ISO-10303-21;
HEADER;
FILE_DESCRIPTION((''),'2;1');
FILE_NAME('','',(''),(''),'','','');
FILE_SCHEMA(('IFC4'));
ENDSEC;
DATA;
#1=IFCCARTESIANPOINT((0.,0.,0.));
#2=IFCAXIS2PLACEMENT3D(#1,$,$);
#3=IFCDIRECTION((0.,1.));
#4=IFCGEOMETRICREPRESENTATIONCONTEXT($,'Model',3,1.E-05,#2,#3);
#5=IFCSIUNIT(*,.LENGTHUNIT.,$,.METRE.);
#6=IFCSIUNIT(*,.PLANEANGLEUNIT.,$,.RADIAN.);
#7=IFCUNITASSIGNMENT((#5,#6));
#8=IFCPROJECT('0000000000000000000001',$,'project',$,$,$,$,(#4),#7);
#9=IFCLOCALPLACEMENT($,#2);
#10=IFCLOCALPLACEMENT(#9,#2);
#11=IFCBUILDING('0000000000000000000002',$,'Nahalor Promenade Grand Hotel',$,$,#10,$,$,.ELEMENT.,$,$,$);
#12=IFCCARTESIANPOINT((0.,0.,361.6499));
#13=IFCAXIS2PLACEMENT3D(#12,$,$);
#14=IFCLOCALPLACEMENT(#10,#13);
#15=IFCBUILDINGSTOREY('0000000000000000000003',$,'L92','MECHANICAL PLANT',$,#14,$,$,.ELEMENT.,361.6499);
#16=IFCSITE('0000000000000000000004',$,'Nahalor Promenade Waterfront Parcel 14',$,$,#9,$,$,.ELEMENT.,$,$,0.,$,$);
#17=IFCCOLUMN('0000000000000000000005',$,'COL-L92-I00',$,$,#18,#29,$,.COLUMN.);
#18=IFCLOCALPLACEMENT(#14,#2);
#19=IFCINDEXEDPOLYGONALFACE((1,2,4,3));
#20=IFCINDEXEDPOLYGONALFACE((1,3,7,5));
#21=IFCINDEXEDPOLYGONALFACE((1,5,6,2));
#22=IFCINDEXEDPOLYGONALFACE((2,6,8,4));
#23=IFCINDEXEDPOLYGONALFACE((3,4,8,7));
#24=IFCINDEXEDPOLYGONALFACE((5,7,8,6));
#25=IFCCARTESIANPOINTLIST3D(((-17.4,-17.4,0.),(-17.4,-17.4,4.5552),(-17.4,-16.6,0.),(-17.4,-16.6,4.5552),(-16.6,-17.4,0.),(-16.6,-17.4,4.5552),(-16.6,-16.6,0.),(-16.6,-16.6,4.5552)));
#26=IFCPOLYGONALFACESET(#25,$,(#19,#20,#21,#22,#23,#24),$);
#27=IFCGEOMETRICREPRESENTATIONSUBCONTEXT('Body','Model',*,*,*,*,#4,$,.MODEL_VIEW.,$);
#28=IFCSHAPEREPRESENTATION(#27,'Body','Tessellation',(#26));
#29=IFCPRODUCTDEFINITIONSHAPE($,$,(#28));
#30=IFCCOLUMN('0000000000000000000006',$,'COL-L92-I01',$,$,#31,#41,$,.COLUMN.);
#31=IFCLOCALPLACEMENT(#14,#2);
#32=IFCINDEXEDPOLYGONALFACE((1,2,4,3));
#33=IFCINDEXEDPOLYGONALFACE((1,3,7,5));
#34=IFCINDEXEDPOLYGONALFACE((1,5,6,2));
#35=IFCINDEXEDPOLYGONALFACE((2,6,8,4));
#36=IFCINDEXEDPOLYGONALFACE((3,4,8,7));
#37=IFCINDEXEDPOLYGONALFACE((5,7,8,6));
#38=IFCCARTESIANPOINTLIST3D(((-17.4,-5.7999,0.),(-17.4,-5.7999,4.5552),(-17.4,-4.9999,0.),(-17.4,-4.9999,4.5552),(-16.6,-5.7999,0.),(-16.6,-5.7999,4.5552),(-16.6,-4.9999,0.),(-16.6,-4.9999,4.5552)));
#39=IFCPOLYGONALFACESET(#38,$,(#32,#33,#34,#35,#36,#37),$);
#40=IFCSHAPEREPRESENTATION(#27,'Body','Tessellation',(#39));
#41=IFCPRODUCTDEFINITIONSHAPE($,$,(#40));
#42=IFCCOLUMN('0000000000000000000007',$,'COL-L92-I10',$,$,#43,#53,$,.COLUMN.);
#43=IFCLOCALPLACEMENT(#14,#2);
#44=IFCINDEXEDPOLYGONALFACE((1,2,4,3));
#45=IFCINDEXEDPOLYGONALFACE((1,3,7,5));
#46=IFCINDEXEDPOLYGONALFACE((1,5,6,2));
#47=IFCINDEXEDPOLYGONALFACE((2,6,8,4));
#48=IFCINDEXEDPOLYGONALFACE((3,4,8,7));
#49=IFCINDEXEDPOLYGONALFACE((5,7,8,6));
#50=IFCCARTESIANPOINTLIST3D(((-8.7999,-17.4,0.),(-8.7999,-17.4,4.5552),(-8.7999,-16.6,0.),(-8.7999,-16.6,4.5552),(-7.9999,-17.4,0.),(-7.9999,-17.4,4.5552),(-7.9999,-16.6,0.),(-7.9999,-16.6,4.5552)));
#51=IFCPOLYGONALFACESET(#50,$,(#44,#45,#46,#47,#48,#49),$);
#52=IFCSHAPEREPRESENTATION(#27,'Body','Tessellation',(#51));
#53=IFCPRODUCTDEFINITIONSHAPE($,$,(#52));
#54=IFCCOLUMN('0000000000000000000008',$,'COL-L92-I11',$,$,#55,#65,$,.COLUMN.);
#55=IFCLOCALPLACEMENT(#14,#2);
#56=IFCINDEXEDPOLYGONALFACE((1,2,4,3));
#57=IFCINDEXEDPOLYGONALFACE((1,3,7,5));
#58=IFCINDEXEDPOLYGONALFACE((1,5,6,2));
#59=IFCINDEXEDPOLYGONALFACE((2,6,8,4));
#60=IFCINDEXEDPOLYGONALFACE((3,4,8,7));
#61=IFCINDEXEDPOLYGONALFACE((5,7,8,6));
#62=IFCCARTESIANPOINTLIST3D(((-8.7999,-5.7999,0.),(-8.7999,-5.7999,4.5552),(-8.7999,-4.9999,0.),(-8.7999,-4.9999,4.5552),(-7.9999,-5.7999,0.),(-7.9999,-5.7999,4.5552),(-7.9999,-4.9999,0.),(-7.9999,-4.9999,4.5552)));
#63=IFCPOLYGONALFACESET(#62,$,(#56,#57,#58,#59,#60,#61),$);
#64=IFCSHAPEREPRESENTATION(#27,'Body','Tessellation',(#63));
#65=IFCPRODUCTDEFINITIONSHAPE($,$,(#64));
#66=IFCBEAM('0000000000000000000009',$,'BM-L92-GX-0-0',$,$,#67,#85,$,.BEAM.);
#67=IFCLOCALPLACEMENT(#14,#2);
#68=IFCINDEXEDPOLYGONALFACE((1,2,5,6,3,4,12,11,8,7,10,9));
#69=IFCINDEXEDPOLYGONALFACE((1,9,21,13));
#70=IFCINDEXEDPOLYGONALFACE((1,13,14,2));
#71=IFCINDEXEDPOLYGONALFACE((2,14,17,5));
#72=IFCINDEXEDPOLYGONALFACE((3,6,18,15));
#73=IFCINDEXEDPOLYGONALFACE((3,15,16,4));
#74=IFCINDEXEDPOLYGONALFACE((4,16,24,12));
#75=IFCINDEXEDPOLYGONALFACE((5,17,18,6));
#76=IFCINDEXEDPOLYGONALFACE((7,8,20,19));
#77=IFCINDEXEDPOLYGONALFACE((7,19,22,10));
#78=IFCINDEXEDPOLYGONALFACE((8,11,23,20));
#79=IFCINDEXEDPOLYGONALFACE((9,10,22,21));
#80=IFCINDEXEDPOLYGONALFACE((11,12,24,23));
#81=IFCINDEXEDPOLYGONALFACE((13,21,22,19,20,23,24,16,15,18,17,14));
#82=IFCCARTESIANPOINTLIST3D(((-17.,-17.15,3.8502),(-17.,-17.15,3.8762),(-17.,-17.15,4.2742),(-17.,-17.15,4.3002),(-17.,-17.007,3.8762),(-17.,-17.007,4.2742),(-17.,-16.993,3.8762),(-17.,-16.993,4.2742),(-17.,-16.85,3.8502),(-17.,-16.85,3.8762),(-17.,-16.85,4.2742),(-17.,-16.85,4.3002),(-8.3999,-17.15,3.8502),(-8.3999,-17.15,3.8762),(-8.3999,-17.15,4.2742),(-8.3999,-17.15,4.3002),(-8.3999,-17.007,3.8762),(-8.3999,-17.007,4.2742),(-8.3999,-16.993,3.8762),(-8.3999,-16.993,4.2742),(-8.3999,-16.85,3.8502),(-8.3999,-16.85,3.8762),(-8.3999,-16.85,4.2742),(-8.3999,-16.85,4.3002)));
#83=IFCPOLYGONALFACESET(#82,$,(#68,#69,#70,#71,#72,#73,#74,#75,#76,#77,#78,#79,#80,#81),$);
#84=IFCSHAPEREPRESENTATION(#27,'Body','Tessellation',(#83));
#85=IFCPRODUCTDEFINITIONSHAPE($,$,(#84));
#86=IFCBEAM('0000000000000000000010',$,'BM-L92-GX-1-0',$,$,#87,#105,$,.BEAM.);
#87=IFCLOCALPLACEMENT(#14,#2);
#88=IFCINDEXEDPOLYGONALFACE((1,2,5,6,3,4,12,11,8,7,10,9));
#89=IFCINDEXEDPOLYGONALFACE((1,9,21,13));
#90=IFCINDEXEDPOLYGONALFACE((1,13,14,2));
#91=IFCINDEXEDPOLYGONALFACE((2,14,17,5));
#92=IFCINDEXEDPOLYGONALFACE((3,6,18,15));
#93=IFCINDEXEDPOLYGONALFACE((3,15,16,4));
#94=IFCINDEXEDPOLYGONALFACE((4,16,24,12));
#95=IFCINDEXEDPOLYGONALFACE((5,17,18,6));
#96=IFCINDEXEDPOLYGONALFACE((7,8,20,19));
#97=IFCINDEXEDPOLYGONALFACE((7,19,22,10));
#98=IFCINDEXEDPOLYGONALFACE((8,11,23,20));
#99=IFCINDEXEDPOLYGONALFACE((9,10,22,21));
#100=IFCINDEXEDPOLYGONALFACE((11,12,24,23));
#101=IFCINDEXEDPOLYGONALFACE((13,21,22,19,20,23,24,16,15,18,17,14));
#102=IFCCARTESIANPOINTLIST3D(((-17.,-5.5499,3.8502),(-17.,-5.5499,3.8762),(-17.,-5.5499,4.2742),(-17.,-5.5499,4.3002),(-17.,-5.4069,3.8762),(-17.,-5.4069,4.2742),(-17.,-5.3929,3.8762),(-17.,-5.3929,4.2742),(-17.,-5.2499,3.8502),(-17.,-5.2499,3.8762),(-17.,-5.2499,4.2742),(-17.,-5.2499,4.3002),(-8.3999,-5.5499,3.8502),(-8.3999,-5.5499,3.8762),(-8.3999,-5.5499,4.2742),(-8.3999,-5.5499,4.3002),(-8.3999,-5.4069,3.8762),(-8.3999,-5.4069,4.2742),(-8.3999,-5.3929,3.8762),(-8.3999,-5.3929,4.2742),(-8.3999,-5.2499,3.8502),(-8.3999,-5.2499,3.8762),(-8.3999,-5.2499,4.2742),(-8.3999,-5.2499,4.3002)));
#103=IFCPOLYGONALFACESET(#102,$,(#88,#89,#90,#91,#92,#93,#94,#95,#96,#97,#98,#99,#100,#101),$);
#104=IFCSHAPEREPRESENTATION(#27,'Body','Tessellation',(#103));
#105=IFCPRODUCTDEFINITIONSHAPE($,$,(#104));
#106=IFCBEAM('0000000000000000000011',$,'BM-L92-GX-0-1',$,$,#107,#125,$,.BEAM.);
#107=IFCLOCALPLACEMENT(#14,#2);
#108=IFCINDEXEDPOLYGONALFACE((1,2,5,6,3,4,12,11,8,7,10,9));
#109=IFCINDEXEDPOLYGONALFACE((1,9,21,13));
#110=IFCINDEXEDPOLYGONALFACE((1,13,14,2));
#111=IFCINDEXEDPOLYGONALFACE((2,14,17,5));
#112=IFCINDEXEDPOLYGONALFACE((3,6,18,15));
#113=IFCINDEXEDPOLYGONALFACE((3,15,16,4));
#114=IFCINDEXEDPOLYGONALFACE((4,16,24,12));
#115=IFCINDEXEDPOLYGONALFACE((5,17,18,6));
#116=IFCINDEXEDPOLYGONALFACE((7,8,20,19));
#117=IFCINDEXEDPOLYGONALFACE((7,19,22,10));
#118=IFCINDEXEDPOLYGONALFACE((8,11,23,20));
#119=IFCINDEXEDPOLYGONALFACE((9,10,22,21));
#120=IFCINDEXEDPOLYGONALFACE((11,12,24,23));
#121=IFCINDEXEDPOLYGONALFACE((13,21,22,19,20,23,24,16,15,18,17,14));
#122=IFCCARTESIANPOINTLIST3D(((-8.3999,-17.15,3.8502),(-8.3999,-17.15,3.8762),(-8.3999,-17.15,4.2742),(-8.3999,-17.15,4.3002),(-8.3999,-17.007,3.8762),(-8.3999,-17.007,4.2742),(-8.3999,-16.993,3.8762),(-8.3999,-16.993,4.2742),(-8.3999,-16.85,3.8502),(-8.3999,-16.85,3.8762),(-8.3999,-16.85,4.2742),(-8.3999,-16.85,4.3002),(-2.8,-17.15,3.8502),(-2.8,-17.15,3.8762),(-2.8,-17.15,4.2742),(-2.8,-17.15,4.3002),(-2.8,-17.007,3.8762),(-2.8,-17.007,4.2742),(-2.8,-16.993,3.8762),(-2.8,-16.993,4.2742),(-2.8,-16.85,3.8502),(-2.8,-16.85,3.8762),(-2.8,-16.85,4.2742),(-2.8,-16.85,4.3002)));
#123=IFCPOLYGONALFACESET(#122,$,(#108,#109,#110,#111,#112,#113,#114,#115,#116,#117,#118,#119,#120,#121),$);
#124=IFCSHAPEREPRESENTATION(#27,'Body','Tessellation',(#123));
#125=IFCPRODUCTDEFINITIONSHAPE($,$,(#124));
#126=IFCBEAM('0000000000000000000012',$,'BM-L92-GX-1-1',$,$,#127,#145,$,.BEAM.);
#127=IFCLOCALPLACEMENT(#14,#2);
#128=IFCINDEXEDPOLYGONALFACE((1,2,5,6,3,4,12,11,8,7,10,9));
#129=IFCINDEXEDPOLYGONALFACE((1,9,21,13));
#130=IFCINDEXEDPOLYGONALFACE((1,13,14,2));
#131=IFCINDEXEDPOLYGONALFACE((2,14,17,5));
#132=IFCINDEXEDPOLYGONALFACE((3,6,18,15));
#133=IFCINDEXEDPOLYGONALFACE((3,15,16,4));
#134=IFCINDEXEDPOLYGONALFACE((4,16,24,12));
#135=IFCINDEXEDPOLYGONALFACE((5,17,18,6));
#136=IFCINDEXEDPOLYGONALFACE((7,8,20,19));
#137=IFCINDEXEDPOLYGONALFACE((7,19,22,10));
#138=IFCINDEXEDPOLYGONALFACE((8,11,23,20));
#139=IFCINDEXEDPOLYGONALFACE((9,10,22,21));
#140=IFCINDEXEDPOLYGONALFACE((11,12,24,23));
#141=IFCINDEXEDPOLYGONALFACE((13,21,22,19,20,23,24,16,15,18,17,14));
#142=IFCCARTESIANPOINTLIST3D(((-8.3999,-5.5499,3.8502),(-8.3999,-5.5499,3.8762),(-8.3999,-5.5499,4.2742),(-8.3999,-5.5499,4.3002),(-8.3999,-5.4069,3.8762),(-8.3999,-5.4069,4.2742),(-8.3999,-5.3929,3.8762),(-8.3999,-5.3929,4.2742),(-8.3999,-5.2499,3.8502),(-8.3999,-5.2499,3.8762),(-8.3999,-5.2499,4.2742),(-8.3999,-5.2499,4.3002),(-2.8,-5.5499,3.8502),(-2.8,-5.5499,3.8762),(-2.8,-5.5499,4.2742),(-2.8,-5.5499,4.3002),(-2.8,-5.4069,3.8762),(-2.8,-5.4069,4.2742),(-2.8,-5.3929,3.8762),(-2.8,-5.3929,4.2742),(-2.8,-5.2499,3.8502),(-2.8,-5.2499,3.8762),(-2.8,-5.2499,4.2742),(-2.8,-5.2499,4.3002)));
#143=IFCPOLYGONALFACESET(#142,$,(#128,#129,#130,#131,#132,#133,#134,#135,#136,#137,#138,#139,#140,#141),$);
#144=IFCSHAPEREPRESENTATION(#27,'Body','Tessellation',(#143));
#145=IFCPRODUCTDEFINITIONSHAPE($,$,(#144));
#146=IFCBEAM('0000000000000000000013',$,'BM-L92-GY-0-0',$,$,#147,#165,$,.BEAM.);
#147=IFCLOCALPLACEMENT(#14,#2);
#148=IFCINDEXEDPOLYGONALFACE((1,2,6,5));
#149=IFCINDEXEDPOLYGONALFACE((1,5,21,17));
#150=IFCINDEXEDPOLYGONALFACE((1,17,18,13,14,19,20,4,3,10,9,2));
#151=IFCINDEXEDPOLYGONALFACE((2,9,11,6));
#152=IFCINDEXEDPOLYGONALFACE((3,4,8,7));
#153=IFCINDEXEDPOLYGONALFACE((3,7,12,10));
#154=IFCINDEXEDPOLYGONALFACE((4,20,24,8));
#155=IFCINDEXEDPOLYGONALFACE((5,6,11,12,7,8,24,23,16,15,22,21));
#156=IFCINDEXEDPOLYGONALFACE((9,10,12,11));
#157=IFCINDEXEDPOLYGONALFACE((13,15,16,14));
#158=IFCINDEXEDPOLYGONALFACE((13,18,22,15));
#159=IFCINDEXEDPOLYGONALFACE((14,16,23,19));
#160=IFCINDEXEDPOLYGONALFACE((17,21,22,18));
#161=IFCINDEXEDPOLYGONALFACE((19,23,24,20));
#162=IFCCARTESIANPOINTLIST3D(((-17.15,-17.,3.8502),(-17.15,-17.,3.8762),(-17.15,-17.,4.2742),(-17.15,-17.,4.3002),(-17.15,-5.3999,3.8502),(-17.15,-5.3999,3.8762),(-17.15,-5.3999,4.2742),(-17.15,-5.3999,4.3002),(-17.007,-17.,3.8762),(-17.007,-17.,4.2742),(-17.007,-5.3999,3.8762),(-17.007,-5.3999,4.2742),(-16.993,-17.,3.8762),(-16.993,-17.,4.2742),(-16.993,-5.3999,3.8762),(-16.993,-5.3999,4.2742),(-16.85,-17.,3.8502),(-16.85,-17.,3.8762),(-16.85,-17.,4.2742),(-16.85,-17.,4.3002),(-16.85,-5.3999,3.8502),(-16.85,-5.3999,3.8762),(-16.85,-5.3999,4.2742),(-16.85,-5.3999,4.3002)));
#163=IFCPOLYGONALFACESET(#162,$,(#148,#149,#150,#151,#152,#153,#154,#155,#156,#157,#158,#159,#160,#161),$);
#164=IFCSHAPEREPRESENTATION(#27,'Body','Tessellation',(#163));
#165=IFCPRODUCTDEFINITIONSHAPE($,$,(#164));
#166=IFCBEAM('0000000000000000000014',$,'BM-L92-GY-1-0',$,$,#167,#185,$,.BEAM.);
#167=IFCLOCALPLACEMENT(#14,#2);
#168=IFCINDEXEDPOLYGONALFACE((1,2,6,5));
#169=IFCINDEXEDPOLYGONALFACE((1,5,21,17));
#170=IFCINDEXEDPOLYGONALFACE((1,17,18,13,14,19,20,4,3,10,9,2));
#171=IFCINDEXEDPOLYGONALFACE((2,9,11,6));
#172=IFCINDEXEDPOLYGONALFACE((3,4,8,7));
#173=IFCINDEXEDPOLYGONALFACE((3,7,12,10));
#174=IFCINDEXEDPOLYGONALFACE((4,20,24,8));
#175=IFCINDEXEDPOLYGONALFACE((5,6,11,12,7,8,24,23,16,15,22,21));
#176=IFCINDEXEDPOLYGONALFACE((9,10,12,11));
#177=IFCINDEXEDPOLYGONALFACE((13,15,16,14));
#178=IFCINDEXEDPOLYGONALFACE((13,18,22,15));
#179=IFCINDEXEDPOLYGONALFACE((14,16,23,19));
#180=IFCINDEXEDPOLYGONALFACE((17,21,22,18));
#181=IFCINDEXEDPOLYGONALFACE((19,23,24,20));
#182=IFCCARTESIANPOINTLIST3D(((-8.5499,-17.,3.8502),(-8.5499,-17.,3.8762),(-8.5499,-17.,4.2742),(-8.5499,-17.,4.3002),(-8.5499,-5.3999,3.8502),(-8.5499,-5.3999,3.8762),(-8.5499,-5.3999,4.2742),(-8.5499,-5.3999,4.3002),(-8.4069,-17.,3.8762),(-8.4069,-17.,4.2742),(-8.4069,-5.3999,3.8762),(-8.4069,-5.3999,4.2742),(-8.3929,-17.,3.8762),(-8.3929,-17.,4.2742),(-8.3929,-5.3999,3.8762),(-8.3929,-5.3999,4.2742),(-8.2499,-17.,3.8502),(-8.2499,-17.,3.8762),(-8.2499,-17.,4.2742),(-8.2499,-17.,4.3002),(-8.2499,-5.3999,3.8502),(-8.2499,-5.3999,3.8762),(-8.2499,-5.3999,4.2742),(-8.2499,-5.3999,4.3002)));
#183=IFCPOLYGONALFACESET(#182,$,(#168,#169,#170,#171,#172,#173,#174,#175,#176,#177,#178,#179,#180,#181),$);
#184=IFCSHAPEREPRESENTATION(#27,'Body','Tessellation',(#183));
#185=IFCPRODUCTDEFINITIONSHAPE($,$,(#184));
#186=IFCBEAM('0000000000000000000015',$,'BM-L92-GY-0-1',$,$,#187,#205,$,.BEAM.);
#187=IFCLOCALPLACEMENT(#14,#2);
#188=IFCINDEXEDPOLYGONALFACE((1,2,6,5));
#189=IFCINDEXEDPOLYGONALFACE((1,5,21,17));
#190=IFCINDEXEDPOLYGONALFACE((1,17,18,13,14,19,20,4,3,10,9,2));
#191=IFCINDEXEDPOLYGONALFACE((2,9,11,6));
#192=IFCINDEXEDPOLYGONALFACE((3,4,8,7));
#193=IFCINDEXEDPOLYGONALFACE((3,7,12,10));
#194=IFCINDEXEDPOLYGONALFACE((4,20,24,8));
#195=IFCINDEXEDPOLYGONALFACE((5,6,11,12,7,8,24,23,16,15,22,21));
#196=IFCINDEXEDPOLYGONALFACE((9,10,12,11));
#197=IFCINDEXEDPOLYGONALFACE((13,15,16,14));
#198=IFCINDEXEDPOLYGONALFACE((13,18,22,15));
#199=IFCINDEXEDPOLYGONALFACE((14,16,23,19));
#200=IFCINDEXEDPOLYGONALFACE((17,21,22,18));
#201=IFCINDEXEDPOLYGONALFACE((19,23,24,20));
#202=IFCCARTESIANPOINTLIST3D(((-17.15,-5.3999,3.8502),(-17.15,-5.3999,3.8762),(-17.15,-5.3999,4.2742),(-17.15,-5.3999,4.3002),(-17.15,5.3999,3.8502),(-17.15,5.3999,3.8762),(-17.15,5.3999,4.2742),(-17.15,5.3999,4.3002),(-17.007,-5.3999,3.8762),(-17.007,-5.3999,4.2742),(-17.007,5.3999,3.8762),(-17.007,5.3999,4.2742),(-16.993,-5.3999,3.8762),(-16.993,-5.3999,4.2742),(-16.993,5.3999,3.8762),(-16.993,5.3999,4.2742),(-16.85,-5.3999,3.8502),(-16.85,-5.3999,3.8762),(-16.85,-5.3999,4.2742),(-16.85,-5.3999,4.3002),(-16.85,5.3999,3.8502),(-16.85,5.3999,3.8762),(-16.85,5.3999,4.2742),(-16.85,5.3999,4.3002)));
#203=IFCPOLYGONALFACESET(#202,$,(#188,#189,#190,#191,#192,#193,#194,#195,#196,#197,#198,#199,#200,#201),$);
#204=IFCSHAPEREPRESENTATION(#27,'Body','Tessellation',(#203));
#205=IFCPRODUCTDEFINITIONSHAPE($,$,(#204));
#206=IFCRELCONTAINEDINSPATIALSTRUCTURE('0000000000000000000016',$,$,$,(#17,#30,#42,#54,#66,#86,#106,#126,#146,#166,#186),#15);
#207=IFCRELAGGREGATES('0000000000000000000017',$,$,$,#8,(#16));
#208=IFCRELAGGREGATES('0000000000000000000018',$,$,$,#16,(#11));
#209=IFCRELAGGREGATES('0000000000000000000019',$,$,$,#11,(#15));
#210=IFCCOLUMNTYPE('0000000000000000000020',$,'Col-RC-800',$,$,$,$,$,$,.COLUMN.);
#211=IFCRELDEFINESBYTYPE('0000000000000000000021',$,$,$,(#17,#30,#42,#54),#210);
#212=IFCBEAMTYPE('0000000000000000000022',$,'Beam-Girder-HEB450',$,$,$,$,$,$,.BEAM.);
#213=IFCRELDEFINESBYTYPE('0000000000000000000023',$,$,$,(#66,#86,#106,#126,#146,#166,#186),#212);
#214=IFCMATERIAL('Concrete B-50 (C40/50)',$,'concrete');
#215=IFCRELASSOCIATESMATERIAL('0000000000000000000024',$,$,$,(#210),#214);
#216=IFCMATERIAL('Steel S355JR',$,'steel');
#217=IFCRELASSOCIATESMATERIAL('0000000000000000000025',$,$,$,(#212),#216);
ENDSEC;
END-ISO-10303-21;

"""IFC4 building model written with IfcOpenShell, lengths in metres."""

from ifc_helpers import new_model, si_unit, direction, frame, origin, origin_2d, place, context, subcontext, project, spatial, rectangle, i_section, extrude, source, transform, mapped, material, material_profile, profile_set, type_object, element, save


model = new_model("IFC4")

# Units and contexts
model_context = context("Model", 3, precision=1e-05, world=origin(), true_north=direction((0.0, 1.0)))
body_context = subcontext(model_context, "Body", "Model", "MODEL_VIEW")
ifc_project = project(units=[si_unit("LENGTHUNIT", "METRE"), si_unit("PLANEANGLEUNIT", "RADIAN")], contexts=[model_context])

# Site, building, storey
site_placement = place(None, origin())
site = spatial("IfcSite", under=ifc_project, at=site_placement, Name="Nahalor Promenade Waterfront Parcel 14", CompositionType="ELEMENT", RefElevation=0.0)
building_placement = place(site_placement, origin())
building = spatial("IfcBuilding", under=site, at=building_placement, Name="Nahalor Promenade Grand Hotel", CompositionType="ELEMENT")
storey_placement = place(building_placement, frame((0.0, 0.0, 361.6499)))
storey = spatial("IfcBuildingStorey", under=building, at=storey_placement, Name="L92", Description="MECHANICAL PLANT", CompositionType="ELEMENT", Elevation=361.6499)

# Columns
ifc_material_1 = material(Name="Concrete B-50 (C40/50)", Category="concrete")
ifc_material_profile_1 = material_profile(ifc_material_1, rectangle(XDim=0.8, YDim=0.8, at=origin_2d()), Name="RC 800x800")
ifc_profile_set_1 = profile_set([ifc_material_profile_1], Name="Concrete B-50 (C40/50)")
column_type = type_object("IfcColumnType", Name="Col-RC-800", PredefinedType="COLUMN", material=ifc_profile_set_1)
shared_shape_1 = source(origin(), body_context, "Body", "SweptSolid", [
    extrude(rectangle(XDim=0.8, YDim=0.8, at=origin_2d()), origin(), (0.0, 0.0, 1.0), 4.5552),
])
for number, where, z_axis, x_axis, name in (
    (1, (-17.0, -17.0, 0.0), (0.0, 0.0, 1.0), (1.0, 0.0, 0.0), "COL-L92-I00"),
    (2, (-17.0, -5.3999, 0.0), (0.0, 0.0, 1.0), (1.0, 0.0, 0.0), "COL-L92-I01"),
    (3, (-8.3999, -17.0, 0.0), (0.0, 0.0, 1.0), (1.0, 0.0, 0.0), "COL-L92-I10"),
    (4, (-8.3999, -5.3999, 0.0), (0.0, 0.0, 1.0), (1.0, 0.0, 0.0), "COL-L92-I11"),
):
    element("IfcColumn", number, at=place(storey_placement, frame(where, z_axis=z_axis, x_axis=x_axis)), inside=storey, type_object=column_type, Name=name, PredefinedType="COLUMN", context=body_context, shape_type="MappedRepresentation", body=[
        mapped(shared_shape_1, transform((0.0, 0.0, 0.0), scale=1.0)),
    ])

# Beams
ifc_material_2 = material(Name="Steel S355JR", Category="steel")
ifc_material_profile_2 = material_profile(ifc_material_2, i_section(OverallWidth=0.3, OverallDepth=0.45, WebThickness=0.014, FlangeThickness=0.026, at=origin_2d()), Name="HEB 450")
ifc_profile_set_2 = profile_set([ifc_material_profile_2], Name="Steel S355JR")
beam_type_1 = type_object("IfcBeamType", Name="Beam-Girder-HEB450", PredefinedType="BEAM", material=ifc_profile_set_2)
shared_shape_2 = source(origin(), body_context, "Body", "SweptSolid", [
    extrude(i_section(OverallWidth=0.3, OverallDepth=0.45, WebThickness=0.014, FlangeThickness=0.026, at=origin_2d()), origin(), (0.0, 0.0, 1.0), 8.6001),
])
for number, where, z_axis, x_axis, name in (
    (5, (-17.0, -17.0, 4.0752), (1.0, 0.0, 0.0), (0.0, 1.0, 0.0), "BM-L92-GX-0-0"),
    (6, (-17.0, -5.3999, 4.0752), (1.0, 0.0, 0.0), (0.0, 1.0, 0.0), "BM-L92-GX-1-0"),
):
    element("IfcBeam", number, at=place(storey_placement, frame(where, z_axis=z_axis, x_axis=x_axis)), inside=storey, type_object=beam_type_1, Name=name, PredefinedType="BEAM", context=body_context, shape_type="MappedRepresentation", body=[
        mapped(shared_shape_2, transform((0.0, 0.0, 0.0), scale=1.0)),
    ])
shared_shape_3 = source(origin(), body_context, "Body", "SweptSolid", [
    extrude(i_section(OverallWidth=0.3, OverallDepth=0.45, WebThickness=0.014, FlangeThickness=0.026, at=origin_2d()), origin(), (0.0, 0.0, 1.0), 5.5999),
])
for number, where, z_axis, x_axis, name in (
    (7, (-8.3999, -17.0, 4.0752), (1.0, 0.0, 0.0), (0.0, 1.0, 0.0), "BM-L92-GX-0-1"),
    (8, (-8.3999, -5.3999, 4.0752), (1.0, 0.0, 0.0), (0.0, 1.0, 0.0), "BM-L92-GX-1-1"),
):
    element("IfcBeam", number, at=place(storey_placement, frame(where, z_axis=z_axis, x_axis=x_axis)), inside=storey, type_object=beam_type_1, Name=name, PredefinedType="BEAM", context=body_context, shape_type="MappedRepresentation", body=[
        mapped(shared_shape_3, transform((0.0, 0.0, 0.0), scale=1.0)),
    ])
shared_shape_4 = source(origin(), body_context, "Body", "SweptSolid", [
    extrude(i_section(OverallWidth=0.3, OverallDepth=0.45, WebThickness=0.014, FlangeThickness=0.026, at=origin_2d()), origin(), (0.0, 0.0, 1.0), 11.6001),
])
for number, where, z_axis, x_axis, name in (
    (9, (-17.0, -17.0, 4.0752), (0.0, 1.0, 0.0), (-1.0, 0.0, 0.0), "BM-L92-GY-0-0"),
    (10, (-8.3999, -17.0, 4.0752), (0.0, 1.0, 0.0), (-1.0, 0.0, 0.0), "BM-L92-GY-1-0"),
):
    element("IfcBeam", number, at=place(storey_placement, frame(where, z_axis=z_axis, x_axis=x_axis)), inside=storey, type_object=beam_type_1, Name=name, PredefinedType="BEAM", context=body_context, shape_type="MappedRepresentation", body=[
        mapped(shared_shape_4, transform((0.0, 0.0, 0.0), scale=1.0)),
    ])
shared_shape_5 = source(origin(), body_context, "Body", "SweptSolid", [
    extrude(i_section(OverallWidth=0.3, OverallDepth=0.45, WebThickness=0.014, FlangeThickness=0.026, at=origin_2d()), origin(), (0.0, 0.0, 1.0), 10.7998),
])
for number, where, z_axis, x_axis, name in (
    (11, (-17.0, -5.3999, 4.0752), (0.0, 1.0, 0.0), (-1.0, 0.0, 0.0), "BM-L92-GY-0-1"),
):
    element("IfcBeam", number, at=place(storey_placement, frame(where, z_axis=z_axis, x_axis=x_axis)), inside=storey, type_object=beam_type_1, Name=name, PredefinedType="BEAM", context=body_context, shape_type="MappedRepresentation", body=[
        mapped(shared_shape_5, transform((0.0, 0.0, 0.0), scale=1.0)),
    ])

save(model, "model.ifc")
